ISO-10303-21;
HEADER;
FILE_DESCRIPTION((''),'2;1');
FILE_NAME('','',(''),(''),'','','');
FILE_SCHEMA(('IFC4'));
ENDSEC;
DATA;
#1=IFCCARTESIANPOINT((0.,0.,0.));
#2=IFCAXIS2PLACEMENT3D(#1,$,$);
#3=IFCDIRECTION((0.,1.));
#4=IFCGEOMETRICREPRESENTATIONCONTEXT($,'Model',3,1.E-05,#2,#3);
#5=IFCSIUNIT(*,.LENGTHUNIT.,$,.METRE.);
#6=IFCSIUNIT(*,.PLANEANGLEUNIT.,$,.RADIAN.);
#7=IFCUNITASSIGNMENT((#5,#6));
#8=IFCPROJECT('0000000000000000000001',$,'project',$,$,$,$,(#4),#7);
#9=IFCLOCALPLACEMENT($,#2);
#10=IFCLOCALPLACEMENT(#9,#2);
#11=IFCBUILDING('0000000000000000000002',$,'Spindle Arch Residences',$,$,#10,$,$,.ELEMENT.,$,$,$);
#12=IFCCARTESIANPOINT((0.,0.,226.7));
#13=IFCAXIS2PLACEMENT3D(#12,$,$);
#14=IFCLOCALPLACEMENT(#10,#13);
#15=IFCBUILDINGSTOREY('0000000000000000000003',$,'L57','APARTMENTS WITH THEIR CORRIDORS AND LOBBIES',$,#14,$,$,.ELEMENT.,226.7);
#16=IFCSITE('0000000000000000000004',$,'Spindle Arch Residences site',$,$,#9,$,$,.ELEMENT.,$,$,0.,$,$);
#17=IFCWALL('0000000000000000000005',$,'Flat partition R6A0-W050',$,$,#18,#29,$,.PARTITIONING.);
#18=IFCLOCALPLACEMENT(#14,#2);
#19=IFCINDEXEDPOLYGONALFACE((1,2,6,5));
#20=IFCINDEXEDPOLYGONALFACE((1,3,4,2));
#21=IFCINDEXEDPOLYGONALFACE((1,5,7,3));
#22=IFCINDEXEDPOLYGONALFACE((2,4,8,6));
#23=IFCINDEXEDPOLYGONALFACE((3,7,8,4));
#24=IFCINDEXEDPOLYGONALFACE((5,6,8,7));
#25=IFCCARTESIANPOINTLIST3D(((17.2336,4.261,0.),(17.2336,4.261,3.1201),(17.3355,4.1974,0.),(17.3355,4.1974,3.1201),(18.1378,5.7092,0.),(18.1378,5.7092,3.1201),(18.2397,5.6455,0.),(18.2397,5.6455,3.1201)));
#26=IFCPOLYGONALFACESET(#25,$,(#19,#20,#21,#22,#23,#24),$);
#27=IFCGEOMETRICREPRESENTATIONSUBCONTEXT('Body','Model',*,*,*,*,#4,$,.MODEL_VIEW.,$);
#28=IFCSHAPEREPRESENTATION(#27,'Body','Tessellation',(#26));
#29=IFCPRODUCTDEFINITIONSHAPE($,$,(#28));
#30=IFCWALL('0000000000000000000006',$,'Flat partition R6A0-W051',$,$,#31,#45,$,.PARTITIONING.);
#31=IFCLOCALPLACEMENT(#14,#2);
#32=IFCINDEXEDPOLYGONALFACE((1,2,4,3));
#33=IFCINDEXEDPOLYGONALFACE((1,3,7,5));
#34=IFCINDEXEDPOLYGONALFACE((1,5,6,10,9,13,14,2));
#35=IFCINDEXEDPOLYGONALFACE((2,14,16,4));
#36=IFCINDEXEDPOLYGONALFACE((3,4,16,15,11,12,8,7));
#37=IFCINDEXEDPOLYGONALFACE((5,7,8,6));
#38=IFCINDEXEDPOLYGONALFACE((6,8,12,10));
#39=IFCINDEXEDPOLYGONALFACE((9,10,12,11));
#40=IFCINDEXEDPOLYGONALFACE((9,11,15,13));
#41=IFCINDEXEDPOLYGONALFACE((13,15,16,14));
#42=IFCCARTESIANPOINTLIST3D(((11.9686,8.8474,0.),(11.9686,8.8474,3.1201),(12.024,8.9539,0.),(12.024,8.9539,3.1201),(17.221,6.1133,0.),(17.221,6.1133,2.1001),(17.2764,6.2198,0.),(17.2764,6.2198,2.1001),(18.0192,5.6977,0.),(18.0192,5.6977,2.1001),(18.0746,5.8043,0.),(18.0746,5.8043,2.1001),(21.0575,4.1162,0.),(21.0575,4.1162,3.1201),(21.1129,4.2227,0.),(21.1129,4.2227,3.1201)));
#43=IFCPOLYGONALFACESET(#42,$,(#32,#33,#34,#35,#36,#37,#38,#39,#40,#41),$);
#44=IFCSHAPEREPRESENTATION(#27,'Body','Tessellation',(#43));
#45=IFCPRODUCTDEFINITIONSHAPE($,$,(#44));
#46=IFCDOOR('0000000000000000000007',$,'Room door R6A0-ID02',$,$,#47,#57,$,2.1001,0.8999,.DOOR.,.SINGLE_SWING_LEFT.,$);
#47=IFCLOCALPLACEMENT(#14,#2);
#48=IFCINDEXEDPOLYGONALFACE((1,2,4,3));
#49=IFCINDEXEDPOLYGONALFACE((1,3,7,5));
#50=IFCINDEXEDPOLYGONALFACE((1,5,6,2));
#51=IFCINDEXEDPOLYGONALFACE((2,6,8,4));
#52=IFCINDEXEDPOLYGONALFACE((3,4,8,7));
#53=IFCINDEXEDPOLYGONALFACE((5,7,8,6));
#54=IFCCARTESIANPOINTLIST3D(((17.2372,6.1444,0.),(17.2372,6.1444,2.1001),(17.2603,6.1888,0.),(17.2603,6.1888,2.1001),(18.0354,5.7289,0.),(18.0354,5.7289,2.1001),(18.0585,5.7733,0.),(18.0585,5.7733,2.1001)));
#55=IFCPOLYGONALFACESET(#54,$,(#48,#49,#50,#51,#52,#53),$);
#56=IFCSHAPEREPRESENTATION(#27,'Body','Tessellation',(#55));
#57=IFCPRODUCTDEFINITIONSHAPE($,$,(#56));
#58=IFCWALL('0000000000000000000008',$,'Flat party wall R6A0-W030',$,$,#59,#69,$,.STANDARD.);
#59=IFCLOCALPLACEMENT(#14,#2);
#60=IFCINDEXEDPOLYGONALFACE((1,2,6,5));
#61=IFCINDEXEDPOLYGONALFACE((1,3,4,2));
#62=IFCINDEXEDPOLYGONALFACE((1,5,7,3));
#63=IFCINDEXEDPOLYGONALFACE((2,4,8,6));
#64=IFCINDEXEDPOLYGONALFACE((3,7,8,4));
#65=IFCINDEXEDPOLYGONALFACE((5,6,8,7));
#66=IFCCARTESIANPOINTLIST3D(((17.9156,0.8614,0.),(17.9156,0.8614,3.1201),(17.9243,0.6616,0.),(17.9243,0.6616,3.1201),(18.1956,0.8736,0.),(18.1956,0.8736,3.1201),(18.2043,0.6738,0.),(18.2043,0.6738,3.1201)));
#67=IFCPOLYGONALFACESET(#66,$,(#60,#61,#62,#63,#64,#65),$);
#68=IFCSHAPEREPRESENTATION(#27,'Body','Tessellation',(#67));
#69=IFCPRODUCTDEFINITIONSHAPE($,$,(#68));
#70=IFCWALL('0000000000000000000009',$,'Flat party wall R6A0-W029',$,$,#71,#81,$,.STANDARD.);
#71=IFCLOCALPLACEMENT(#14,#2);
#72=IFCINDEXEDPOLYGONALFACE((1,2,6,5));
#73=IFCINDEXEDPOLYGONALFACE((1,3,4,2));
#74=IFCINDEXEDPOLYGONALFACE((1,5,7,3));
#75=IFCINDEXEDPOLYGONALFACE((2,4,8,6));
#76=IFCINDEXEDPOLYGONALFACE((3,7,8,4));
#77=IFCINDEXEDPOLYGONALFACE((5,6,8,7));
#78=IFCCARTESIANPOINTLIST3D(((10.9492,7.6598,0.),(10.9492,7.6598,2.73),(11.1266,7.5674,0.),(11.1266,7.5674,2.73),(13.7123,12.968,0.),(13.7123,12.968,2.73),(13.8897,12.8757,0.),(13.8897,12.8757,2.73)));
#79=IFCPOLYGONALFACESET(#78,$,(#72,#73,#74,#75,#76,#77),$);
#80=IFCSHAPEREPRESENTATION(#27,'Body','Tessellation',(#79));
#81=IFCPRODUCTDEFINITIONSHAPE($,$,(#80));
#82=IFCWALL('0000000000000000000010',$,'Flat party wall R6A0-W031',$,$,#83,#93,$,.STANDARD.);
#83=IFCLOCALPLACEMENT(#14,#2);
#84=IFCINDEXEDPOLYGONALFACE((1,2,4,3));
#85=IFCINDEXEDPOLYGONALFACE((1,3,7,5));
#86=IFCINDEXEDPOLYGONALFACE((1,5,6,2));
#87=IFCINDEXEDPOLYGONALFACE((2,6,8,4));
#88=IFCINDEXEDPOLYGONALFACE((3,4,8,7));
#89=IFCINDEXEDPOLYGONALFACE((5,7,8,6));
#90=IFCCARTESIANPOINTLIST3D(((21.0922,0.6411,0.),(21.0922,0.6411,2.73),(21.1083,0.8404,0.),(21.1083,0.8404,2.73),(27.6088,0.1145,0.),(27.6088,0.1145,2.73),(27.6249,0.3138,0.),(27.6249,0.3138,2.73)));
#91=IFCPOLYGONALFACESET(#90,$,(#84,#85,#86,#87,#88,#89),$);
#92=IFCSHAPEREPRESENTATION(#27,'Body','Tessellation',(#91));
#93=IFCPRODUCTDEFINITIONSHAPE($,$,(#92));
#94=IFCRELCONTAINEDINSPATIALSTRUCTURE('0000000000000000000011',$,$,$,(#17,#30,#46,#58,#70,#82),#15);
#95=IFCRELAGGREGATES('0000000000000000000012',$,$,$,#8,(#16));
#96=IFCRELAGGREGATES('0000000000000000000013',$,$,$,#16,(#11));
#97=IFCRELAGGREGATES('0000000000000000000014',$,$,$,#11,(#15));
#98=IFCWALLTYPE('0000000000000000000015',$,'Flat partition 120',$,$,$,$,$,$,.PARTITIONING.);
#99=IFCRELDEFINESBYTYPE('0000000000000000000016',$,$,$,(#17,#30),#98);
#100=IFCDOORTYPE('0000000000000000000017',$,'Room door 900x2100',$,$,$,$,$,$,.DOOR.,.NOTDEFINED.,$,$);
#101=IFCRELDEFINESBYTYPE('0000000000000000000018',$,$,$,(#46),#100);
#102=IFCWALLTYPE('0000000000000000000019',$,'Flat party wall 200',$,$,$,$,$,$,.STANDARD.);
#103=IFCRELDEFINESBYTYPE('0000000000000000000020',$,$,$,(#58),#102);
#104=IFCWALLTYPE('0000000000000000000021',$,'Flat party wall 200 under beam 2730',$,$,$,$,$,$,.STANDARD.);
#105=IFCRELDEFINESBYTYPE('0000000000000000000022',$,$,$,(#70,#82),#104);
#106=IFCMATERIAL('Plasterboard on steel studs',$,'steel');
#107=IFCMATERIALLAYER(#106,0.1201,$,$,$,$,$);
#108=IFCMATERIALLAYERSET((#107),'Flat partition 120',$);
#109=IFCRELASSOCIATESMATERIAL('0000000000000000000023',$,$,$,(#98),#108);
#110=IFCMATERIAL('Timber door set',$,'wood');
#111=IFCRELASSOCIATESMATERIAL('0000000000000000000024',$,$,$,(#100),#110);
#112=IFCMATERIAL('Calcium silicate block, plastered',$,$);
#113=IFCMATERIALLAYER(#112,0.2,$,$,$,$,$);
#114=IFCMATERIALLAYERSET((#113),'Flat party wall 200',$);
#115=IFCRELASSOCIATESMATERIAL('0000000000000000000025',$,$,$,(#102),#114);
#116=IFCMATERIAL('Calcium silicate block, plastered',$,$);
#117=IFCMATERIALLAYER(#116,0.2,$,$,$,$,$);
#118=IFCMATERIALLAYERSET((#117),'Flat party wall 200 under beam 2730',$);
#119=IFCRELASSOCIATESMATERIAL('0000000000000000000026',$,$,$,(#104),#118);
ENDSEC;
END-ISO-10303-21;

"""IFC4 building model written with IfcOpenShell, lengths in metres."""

from ifc_helpers import new_model, si_unit, direction, frame, frame_2d, origin, place, context, subcontext, project, spatial, rectangle, extrude, material, layer, layer_set, type_object, element, fill, save


model = new_model("IFC4")

# Units and contexts
model_context = context("Model", 3, precision=1e-05, world=origin(), true_north=direction((0.0, 1.0)))
body_context = subcontext(model_context, "Body", "Model", "MODEL_VIEW")
ifc_project = project(units=[si_unit("LENGTHUNIT", "METRE"), si_unit("PLANEANGLEUNIT", "RADIAN")], contexts=[model_context])

# Site, building, storey
site_placement = place(None, origin())
site = spatial("IfcSite", under=ifc_project, at=site_placement, Name="Spindle Arch Residences site", CompositionType="ELEMENT", RefElevation=0.0)
building_placement = place(site_placement, origin())
building = spatial("IfcBuilding", under=site, at=building_placement, Name="Spindle Arch Residences", CompositionType="ELEMENT")
storey_placement = place(building_placement, frame((0.0, 0.0, 226.7)))
storey = spatial("IfcBuildingStorey", under=building, at=storey_placement, Name="L57", Description="APARTMENTS WITH THEIR CORRIDORS AND LOBBIES", CompositionType="ELEMENT", Elevation=226.7)

# Shared definitions
ifc_material_1 = material(Name="Plasterboard on steel studs", Category="steel")
ifc_layer_1 = layer(ifc_material_1, 0.1201)
ifc_layer_set_1 = layer_set([ifc_layer_1], Name="Flat partition 120")
wall_type_1 = type_object("IfcWallType", Name="Flat partition 120", PredefinedType="PARTITIONING", material=ifc_layer_set_1)

# Shared definitions
ifc_material_2 = material(Name="Timber door set", Category="wood")
door_type_1 = type_object("IfcDoorType", Name="Room door 900x2100", OperationType="NOTDEFINED", PredefinedType="DOOR", material=ifc_material_2)

# Wall
wall_1_placement = place(storey_placement, frame((18.1887, 5.6772, 0.0), z_axis=(0.0, 0.0, 1.0), x_axis=(-0.529639, -0.848223, 0.0)))
element("IfcWall", 1, at=wall_1_placement, inside=storey, type_object=wall_type_1, Name="Flat partition R6A0-W050", PredefinedType="PARTITIONING", context=body_context, shape_type="SweptSolid", body=[
    extrude(rectangle(XDim=1.7073, YDim=0.1201, at=frame_2d((0.8535, 0.0))), origin(), (0.0, 0.0, 1.0), 3.1201),
])

# Wall, opening, door
wall_2_placement = place(storey_placement, frame((21.0852, 4.1694, 0.0), z_axis=(0.0, 0.0, 1.0), x_axis=(-0.887017, 0.461736, 0.0)))
wall_2 = element("IfcWall", 2, at=wall_2_placement, inside=storey, type_object=wall_type_1, Name="Flat partition R6A0-W051", PredefinedType="PARTITIONING", context=body_context, shape_type="SweptSolid", body=[
    extrude(rectangle(XDim=10.2466, YDim=0.1201, at=frame_2d((5.1233, 0.0))), origin(), (0.0, 0.0, 1.0), 3.1201),
])
opening_1_placement = place(wall_2_placement, frame((3.4253, 0.0, 0.0)))
opening_1 = element("IfcOpeningElement", 3, at=opening_1_placement, cuts=wall_2, PredefinedType="OPENING", context=body_context, shape_type="SweptSolid", body=[
    extrude(rectangle(XDim=0.8999, YDim=2.1001, at=frame_2d((0.45, 1.05))), frame((0.0, 0.0701, 0.0), z_axis=(0.0, -1.0, 0.0), x_axis=(1.0, 0.0, 0.0)), (0.0, 0.0, 1.0), 0.1401),
])
door_1_placement = place(opening_1_placement, origin())
door_1 = element("IfcDoor", 4, at=door_1_placement, inside=storey, type_object=door_type_1, Name="Room door R6A0-ID02", OperationType="SINGLE_SWING_LEFT", OverallHeight=2.1001, OverallWidth=0.8999, PredefinedType="DOOR", context=body_context, shape_type="SweptSolid", body=[
    extrude(rectangle(XDim=0.8999, YDim=2.1001, at=frame_2d((0.45, 1.05))), frame((0.0, 0.0249, 0.0), z_axis=(0.0, -1.0, 0.0), x_axis=(1.0, 0.0, 0.0)), (0.0, 0.0, 1.0), 0.05),
])
fill(opening_1, door_1)

# Walls
ifc_material_3 = material(Name="Calcium silicate block, plastered")
ifc_layer_2 = layer(ifc_material_3, 0.2)
ifc_layer_set_2 = layer_set([ifc_layer_2], Name="Flat party wall 200")
wall_type_2 = type_object("IfcWallType", Name="Flat party wall 200", PredefinedType="STANDARD", material=ifc_layer_set_2)
wall_3_placement = place(storey_placement, frame((17.9199, 0.7615, 0.0), z_axis=(0.0, 0.0, 1.0), x_axis=(0.999051, 0.043551, 0.0)))
element("IfcWall", 5, at=wall_3_placement, inside=storey, type_object=wall_type_2, Name="Flat party wall R6A0-W030", PredefinedType="STANDARD", context=body_context, shape_type="SweptSolid", body=[
    extrude(rectangle(XDim=0.2803, YDim=0.2, at=frame_2d((0.1401, 0.0))), origin(), (0.0, 0.0, 1.0), 3.1201),
])
ifc_material_4 = material(Name="Calcium silicate block, plastered")
ifc_layer_3 = layer(ifc_material_4, 0.2)
ifc_layer_set_3 = layer_set([ifc_layer_3], Name="Flat party wall 200 under beam 2730")
wall_type_3 = type_object("IfcWallType", Name="Flat party wall 200 under beam 2730", PredefinedType="STANDARD", material=ifc_layer_set_3)
wall_4_placement = place(storey_placement, frame((13.801, 12.9219, 0.0), z_axis=(0.0, 0.0, 1.0), x_axis=(-0.461726, -0.887022, 0.0)))
element("IfcWall", 6, at=wall_4_placement, inside=storey, type_object=wall_type_3, Name="Flat party wall R6A0-W029", PredefinedType="STANDARD", context=body_context, shape_type="SweptSolid", body=[
    extrude(rectangle(XDim=5.9844, YDim=0.2, at=frame_2d((2.9922, 0.0))), origin(), (0.0, 0.0, 1.0), 2.73),
])
wall_5_placement = place(storey_placement, frame((21.1001, 0.7407, 0.0), z_axis=(0.0, 0.0, 1.0), x_axis=(0.996751, -0.080548, 0.0)))
element("IfcWall", 7, at=wall_5_placement, inside=storey, type_object=wall_type_3, Name="Flat party wall R6A0-W031", PredefinedType="STANDARD", context=body_context, shape_type="SweptSolid", body=[
    extrude(rectangle(XDim=6.5378, YDim=0.2, at=frame_2d((3.269, 0.0))), origin(), (0.0, 0.0, 1.0), 2.73),
])

save(model, "model.ifc")
